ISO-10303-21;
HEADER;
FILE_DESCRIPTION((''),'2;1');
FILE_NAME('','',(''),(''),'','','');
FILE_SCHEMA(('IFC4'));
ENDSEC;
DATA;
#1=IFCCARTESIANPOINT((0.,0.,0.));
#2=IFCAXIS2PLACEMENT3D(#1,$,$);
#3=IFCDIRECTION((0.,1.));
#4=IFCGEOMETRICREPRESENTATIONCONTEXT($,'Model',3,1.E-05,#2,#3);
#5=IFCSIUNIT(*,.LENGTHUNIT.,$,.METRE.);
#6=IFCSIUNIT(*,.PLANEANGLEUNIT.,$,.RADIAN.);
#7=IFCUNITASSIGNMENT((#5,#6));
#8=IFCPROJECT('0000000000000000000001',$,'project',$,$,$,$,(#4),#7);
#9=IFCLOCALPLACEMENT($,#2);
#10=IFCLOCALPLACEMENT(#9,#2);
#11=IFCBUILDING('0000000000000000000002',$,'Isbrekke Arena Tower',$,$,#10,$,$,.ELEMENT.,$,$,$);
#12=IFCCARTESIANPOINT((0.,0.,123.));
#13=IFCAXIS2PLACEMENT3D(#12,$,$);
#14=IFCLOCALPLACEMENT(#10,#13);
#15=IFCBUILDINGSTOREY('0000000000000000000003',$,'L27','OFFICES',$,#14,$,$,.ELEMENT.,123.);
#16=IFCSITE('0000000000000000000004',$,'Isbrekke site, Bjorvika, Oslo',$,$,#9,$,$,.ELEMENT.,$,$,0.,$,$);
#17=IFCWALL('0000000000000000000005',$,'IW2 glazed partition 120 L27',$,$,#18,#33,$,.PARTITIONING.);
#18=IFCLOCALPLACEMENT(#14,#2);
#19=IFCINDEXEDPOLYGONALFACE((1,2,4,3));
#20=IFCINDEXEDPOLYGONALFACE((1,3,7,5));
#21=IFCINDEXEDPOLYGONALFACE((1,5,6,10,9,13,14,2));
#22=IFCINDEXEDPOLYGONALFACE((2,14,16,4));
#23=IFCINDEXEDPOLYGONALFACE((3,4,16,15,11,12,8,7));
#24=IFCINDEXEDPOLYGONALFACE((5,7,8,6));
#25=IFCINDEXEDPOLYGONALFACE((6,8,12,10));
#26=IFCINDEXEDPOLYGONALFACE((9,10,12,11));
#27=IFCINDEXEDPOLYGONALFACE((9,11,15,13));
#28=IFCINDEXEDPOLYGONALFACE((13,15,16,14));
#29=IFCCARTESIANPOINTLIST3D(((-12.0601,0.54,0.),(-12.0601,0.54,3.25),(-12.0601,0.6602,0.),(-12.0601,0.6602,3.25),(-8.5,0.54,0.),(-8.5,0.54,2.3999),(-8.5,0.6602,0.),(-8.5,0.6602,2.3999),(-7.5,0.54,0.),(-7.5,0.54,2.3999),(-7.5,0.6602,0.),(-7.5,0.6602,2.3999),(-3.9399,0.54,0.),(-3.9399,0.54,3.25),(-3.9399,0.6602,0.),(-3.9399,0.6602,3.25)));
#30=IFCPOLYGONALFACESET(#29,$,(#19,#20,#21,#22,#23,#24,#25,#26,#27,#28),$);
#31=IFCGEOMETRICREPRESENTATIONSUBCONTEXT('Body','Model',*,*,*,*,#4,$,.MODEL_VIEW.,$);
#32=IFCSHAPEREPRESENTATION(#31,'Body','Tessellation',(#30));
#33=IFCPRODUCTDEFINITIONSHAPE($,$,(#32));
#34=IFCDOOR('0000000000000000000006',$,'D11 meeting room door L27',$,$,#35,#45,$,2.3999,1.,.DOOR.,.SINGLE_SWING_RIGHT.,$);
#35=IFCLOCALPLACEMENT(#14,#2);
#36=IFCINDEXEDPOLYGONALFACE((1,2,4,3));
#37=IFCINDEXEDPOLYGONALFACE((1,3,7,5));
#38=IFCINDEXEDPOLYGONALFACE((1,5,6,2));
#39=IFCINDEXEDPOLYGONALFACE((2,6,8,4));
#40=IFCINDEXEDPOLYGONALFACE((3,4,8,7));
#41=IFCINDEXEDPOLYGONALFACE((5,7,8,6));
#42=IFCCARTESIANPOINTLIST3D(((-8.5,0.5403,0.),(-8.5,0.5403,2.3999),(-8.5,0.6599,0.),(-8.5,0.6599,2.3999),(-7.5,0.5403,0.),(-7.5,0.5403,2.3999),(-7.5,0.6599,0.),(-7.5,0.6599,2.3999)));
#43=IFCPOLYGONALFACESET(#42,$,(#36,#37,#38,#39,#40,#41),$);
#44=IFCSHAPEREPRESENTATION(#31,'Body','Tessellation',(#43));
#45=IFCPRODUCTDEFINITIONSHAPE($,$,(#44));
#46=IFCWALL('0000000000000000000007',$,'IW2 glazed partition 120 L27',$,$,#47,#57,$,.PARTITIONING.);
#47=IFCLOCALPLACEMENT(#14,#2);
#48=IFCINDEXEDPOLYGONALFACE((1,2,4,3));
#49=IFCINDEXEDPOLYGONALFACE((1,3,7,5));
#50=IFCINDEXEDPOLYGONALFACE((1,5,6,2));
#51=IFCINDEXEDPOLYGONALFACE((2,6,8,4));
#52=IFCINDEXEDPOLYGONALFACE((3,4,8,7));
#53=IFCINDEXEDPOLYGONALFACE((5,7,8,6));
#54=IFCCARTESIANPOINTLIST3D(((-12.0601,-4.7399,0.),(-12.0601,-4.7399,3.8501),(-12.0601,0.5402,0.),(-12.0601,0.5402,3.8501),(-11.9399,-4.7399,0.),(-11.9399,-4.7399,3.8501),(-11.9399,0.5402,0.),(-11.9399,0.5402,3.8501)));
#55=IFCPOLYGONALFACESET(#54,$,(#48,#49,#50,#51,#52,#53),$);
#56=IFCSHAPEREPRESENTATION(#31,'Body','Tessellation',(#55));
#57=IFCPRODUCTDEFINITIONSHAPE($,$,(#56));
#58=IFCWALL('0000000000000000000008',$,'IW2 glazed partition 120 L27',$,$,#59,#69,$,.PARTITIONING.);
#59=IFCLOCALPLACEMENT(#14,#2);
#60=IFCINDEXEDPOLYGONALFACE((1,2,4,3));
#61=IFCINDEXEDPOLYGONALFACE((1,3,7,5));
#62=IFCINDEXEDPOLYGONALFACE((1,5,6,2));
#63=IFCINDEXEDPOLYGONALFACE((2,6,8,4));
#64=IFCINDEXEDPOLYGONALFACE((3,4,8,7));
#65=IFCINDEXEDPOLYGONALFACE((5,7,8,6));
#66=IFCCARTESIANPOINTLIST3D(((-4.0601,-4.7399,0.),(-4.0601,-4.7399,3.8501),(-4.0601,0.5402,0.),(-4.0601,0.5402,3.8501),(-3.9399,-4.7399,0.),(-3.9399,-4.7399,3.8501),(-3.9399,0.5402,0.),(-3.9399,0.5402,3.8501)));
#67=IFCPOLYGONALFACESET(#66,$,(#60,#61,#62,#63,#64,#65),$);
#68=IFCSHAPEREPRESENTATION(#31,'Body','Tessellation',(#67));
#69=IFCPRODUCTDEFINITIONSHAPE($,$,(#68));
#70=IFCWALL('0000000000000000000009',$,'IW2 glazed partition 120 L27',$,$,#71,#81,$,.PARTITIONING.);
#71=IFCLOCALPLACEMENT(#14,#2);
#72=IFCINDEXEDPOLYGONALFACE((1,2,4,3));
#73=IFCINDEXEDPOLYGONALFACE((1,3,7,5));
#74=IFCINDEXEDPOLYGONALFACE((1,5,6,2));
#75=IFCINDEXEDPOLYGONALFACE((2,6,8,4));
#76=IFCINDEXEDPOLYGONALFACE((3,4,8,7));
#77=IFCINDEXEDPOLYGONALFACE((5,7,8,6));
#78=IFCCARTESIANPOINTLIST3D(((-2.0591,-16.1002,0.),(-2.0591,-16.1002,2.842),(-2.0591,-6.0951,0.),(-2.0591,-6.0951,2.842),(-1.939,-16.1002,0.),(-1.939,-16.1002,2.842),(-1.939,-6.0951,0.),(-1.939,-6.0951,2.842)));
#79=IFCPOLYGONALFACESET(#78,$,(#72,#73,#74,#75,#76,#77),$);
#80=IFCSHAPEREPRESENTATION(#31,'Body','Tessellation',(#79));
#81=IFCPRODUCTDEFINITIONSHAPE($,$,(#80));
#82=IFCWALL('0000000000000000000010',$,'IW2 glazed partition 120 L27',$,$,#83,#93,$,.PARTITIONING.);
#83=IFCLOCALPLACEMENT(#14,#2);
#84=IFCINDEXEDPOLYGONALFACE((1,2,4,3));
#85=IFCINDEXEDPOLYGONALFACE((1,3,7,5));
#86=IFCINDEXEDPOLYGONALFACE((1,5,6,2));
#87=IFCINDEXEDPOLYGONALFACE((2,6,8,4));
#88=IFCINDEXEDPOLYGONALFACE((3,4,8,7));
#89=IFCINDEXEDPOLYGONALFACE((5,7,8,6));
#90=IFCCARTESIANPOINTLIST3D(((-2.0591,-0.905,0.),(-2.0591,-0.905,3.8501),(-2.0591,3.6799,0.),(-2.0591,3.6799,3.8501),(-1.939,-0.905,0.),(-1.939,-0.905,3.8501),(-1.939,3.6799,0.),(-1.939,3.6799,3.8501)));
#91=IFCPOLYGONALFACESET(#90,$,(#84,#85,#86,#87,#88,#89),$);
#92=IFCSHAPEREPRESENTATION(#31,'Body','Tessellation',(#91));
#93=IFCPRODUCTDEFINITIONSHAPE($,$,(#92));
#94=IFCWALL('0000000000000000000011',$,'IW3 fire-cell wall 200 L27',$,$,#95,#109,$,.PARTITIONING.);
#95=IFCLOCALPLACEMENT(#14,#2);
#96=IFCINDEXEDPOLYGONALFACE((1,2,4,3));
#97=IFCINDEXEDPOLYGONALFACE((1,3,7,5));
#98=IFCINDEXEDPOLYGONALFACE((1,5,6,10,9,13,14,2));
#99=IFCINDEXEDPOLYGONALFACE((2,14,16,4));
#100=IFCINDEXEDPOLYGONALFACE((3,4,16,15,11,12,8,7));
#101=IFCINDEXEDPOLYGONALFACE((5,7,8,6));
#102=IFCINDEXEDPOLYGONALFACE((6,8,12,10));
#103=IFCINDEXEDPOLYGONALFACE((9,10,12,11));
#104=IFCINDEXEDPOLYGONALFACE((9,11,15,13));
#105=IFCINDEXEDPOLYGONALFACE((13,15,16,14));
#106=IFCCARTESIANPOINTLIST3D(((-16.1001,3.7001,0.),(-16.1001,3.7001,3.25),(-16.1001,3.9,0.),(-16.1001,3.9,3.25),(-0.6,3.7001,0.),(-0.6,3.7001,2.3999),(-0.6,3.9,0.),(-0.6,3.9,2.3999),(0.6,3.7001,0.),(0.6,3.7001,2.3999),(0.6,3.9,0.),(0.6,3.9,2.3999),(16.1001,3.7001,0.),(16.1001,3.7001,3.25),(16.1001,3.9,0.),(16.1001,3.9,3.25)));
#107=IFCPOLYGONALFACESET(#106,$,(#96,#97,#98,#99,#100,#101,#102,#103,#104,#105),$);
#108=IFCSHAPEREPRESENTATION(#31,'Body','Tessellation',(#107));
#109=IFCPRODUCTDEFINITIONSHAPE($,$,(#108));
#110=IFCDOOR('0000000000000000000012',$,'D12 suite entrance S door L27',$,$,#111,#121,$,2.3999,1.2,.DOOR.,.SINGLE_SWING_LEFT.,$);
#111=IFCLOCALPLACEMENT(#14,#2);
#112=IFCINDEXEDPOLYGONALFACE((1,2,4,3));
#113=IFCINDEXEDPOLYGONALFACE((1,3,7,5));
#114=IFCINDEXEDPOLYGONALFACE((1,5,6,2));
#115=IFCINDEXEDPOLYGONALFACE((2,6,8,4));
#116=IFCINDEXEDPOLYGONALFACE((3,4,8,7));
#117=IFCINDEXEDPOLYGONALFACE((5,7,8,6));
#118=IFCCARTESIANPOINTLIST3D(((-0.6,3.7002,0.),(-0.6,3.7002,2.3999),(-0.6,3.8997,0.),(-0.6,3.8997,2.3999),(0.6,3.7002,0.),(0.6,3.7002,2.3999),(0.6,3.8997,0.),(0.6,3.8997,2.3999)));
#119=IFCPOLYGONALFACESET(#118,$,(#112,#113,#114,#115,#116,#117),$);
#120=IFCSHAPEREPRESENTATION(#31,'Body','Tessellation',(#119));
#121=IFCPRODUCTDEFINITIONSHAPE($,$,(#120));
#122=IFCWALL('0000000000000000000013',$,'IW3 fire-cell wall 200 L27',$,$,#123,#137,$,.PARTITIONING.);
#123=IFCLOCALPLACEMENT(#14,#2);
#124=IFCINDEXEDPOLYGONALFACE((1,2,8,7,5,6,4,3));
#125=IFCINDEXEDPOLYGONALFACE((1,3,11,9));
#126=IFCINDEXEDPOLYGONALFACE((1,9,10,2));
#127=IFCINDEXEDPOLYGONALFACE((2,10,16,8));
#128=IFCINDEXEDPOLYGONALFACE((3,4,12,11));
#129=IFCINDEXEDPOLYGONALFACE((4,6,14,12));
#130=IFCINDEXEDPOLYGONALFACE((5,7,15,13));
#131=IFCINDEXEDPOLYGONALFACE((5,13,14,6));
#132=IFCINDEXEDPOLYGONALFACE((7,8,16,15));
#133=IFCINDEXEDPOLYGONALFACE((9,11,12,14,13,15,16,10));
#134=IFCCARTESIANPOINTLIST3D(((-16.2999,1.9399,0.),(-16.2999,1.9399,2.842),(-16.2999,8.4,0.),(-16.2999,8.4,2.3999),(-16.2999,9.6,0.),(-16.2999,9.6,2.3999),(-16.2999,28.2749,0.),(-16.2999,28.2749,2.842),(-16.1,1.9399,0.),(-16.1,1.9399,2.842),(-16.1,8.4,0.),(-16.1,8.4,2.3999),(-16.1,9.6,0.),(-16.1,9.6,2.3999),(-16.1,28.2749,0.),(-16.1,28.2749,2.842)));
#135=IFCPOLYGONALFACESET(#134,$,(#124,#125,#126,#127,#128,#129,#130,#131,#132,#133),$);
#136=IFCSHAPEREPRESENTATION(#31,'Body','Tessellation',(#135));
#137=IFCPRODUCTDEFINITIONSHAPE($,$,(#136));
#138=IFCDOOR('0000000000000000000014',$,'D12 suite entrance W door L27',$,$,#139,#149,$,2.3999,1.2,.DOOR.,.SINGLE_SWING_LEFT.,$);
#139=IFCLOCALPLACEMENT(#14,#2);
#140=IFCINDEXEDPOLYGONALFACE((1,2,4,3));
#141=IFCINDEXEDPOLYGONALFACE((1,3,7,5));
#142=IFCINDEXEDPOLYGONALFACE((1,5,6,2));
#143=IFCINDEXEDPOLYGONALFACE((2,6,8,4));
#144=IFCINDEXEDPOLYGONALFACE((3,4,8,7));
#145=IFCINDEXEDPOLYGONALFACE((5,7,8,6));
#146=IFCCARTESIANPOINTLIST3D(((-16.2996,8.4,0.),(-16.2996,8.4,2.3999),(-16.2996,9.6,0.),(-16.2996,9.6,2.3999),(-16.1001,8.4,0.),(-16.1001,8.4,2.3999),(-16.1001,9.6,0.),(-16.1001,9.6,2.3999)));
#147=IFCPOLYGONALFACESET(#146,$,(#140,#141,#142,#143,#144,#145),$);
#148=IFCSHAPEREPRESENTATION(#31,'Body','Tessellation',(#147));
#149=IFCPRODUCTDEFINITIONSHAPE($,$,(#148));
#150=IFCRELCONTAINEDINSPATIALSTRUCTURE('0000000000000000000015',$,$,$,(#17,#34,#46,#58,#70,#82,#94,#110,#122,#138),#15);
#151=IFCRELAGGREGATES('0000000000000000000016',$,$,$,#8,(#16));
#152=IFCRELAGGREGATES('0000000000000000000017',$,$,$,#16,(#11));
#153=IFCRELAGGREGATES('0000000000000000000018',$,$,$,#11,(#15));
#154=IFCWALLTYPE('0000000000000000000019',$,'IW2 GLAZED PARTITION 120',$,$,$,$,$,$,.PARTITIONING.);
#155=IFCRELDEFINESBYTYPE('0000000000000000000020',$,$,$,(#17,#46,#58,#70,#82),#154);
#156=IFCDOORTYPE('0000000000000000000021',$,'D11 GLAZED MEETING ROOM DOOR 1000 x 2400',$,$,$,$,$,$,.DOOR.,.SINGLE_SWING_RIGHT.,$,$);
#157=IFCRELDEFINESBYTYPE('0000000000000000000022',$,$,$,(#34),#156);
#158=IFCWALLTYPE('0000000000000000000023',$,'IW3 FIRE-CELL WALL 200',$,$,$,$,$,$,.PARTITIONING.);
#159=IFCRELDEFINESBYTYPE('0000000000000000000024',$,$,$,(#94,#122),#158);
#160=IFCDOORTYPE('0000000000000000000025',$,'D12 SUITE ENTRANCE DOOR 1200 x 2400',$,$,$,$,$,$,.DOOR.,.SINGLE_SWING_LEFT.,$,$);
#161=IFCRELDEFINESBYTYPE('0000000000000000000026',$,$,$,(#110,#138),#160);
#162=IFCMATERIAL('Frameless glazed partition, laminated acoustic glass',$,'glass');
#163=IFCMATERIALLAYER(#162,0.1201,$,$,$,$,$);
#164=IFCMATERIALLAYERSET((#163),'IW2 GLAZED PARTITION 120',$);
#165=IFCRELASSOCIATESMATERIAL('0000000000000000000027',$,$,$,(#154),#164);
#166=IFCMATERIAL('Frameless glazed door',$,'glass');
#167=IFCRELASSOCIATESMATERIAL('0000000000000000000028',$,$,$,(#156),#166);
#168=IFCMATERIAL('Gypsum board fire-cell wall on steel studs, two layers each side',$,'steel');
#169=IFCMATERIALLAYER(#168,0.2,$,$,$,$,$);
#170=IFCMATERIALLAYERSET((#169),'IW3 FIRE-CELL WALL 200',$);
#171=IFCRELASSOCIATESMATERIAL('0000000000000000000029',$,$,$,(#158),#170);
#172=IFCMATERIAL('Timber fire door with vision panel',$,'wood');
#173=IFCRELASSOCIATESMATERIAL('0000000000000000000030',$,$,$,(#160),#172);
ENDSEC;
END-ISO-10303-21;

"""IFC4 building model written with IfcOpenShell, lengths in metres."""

from ifc_helpers import new_model, si_unit, direction, frame, frame_2d, origin, place, context, subcontext, project, spatial, rectangle, extrude, material, layer, layer_set, type_object, element, fill, save


model = new_model("IFC4")

# Units and contexts
model_context = context("Model", 3, precision=1e-05, world=origin(), true_north=direction((0.0, 1.0)))
body_context = subcontext(model_context, "Body", "Model", "MODEL_VIEW")
ifc_project = project(units=[si_unit("LENGTHUNIT", "METRE"), si_unit("PLANEANGLEUNIT", "RADIAN")], contexts=[model_context])

# Site, building, storey
site_placement = place(None, origin())
site = spatial("IfcSite", under=ifc_project, at=site_placement, Name="Isbrekke site, Bjorvika, Oslo", CompositionType="ELEMENT", RefElevation=0.0)
building_placement = place(site_placement, origin())
building = spatial("IfcBuilding", under=site, at=building_placement, Name="Isbrekke Arena Tower", CompositionType="ELEMENT")
storey_placement = place(building_placement, frame((0.0, 0.0, 123.0)))
storey = spatial("IfcBuildingStorey", under=building, at=storey_placement, Name="L27", Description="OFFICES", CompositionType="ELEMENT", Elevation=123.0)

# Shared definitions
ifc_material_1 = material(Name="Frameless glazed partition, laminated acoustic glass", Category="glass")
ifc_layer_1 = layer(ifc_material_1, 0.1201)
ifc_layer_set_1 = layer_set([ifc_layer_1], Name="IW2 GLAZED PARTITION 120")
wall_type_1 = type_object("IfcWallType", Name="IW2 GLAZED PARTITION 120", PredefinedType="PARTITIONING", material=ifc_layer_set_1)

# Wall, opening, door
wall_1_placement = place(storey_placement, frame((-12.0601, 0.6001, 0.0), z_axis=(0.0, 0.0, 1.0), x_axis=(1.0, 0.0, 0.0)))
wall_1 = element("IfcWall", 1, at=wall_1_placement, inside=storey, type_object=wall_type_1, Name="IW2 glazed partition 120 L27", PredefinedType="PARTITIONING", context=body_context, shape_type="SweptSolid", body=[
    extrude(rectangle(XDim=8.1201, YDim=0.1201, at=frame_2d((4.0601, 0.0))), origin(), (0.0, 0.0, 1.0), 3.25),
])
opening_1_placement = place(wall_1_placement, frame((3.5601, 0.0, 0.0)))
opening_1 = element("IfcOpeningElement", 2, at=opening_1_placement, cuts=wall_1, PredefinedType="OPENING", context=body_context, shape_type="SweptSolid", body=[
    extrude(rectangle(XDim=1.0, YDim=2.3999, at=frame_2d((0.5, 1.2))), frame((0.0, 0.075, 0.0), z_axis=(0.0, -1.0, 0.0), x_axis=(1.0, 0.0, 0.0)), (0.0, 0.0, 1.0), 0.1499),
])
ifc_material_2 = material(Name="Frameless glazed door", Category="glass")
door_type_1 = type_object("IfcDoorType", Name="D11 GLAZED MEETING ROOM DOOR 1000 x 2400", OperationType="SINGLE_SWING_RIGHT", PredefinedType="DOOR", material=ifc_material_2)
door_1_placement = place(opening_1_placement, origin())
door_1 = element("IfcDoor", 3, at=door_1_placement, inside=storey, type_object=door_type_1, Name="D11 meeting room door L27", OperationType="SINGLE_SWING_RIGHT", OverallHeight=2.3999, OverallWidth=1.0, PredefinedType="DOOR", context=body_context, shape_type="SweptSolid", body=[
    extrude(rectangle(XDim=1.0, YDim=2.3999, at=frame_2d((0.5, 1.2))), frame((0.0, 0.0598, 0.0), z_axis=(0.0, -1.0, 0.0), x_axis=(1.0, 0.0, 0.0)), (0.0, 0.0, 1.0), 0.1196),
])
fill(opening_1, door_1)

# Walls
for number, where, z_axis, x_axis, name in (
    (4, (-12.0, -4.74, 0.0), (0.0, 0.0, 1.0), (0.0, 1.0, 0.0), "IW2 glazed partition 120 L27"),
    (5, (-4.0, -4.74, 0.0), (0.0, 0.0, 1.0), (0.0, 1.0, 0.0), "IW2 glazed partition 120 L27"),
):
    element("IfcWall", number, at=place(storey_placement, frame(where, z_axis=z_axis, x_axis=x_axis)), inside=storey, type_object=wall_type_1, Name=name, PredefinedType="PARTITIONING", context=body_context, shape_type="SweptSolid", body=[
        extrude(rectangle(XDim=5.28, YDim=0.1201, at=frame_2d((2.6401, 0.0))), origin(), (0.0, 0.0, 1.0), 3.8501),
    ])
wall_2_placement = place(storey_placement, frame((-1.999, -16.1001, 0.0), z_axis=(0.0, 0.0, 1.0), x_axis=(0.0, 1.0, 0.0)))
element("IfcWall", 6, at=wall_2_placement, inside=storey, type_object=wall_type_1, Name="IW2 glazed partition 120 L27", PredefinedType="PARTITIONING", context=body_context, shape_type="SweptSolid", body=[
    extrude(rectangle(XDim=10.0051, YDim=0.1201, at=frame_2d((5.0024, 0.0))), origin(), (0.0, 0.0, 1.0), 2.842),
])
wall_3_placement = place(storey_placement, frame((-1.999, -0.905, 0.0), z_axis=(0.0, 0.0, 1.0), x_axis=(0.0, 1.0, 0.0)))
element("IfcWall", 7, at=wall_3_placement, inside=storey, type_object=wall_type_1, Name="IW2 glazed partition 120 L27", PredefinedType="PARTITIONING", context=body_context, shape_type="SweptSolid", body=[
    extrude(rectangle(XDim=4.585, YDim=0.1201, at=frame_2d((2.2925, 0.0))), origin(), (0.0, 0.0, 1.0), 3.8501),
])

# Walls, openings, doors
ifc_material_3 = material(Name="Gypsum board fire-cell wall on steel studs, two layers each side", Category="steel")
ifc_layer_2 = layer(ifc_material_3, 0.2)
ifc_layer_set_2 = layer_set([ifc_layer_2], Name="IW3 FIRE-CELL WALL 200")
wall_type_2 = type_object("IfcWallType", Name="IW3 FIRE-CELL WALL 200", PredefinedType="PARTITIONING", material=ifc_layer_set_2)
wall_4_placement = place(storey_placement, frame((-16.1001, 3.8, 0.0), z_axis=(0.0, 0.0, 1.0), x_axis=(1.0, 0.0, 0.0)))
wall_4 = element("IfcWall", 8, at=wall_4_placement, inside=storey, type_object=wall_type_2, Name="IW3 fire-cell wall 200 L27", PredefinedType="PARTITIONING", context=body_context, shape_type="SweptSolid", body=[
    extrude(rectangle(XDim=32.2002, YDim=0.2, at=frame_2d((16.1001, 0.0))), origin(), (0.0, 0.0, 1.0), 3.25),
])
opening_2_placement = place(wall_4_placement, frame((15.5, 0.0, 0.0)))
opening_2 = element("IfcOpeningElement", 9, at=opening_2_placement, cuts=wall_4, PredefinedType="OPENING", context=body_context, shape_type="SweptSolid", body=[
    extrude(rectangle(XDim=1.2, YDim=2.3999, at=frame_2d((0.6001, 1.2))), frame((0.0, 0.1147, 0.0), z_axis=(0.0, -1.0, 0.0), x_axis=(1.0, 0.0, 0.0)), (0.0, 0.0, 1.0), 0.2297),
])
ifc_material_4 = material(Name="Timber fire door with vision panel", Category="wood")
door_type_2 = type_object("IfcDoorType", Name="D12 SUITE ENTRANCE DOOR 1200 x 2400", OperationType="SINGLE_SWING_LEFT", PredefinedType="DOOR", material=ifc_material_4)
door_2_placement = place(opening_2_placement, origin())
door_2 = element("IfcDoor", 10, at=door_2_placement, inside=storey, type_object=door_type_2, Name="D12 suite entrance S door L27", OperationType="SINGLE_SWING_LEFT", OverallHeight=2.3999, OverallWidth=1.2, PredefinedType="DOOR", context=body_context, shape_type="SweptSolid", body=[
    extrude(rectangle(XDim=1.2, YDim=2.3999, at=frame_2d((0.6001, 1.2))), frame((0.0, 0.0996, 0.0), z_axis=(0.0, -1.0, 0.0), x_axis=(1.0, 0.0, 0.0)), (0.0, 0.0, 1.0), 0.1995),
])
fill(opening_2, door_2)
wall_5_placement = place(storey_placement, frame((-16.2, 1.9399, 0.0), z_axis=(0.0, 0.0, 1.0), x_axis=(0.0, 1.0, 0.0)))
wall_5 = element("IfcWall", 11, at=wall_5_placement, inside=storey, type_object=wall_type_2, Name="IW3 fire-cell wall 200 L27", PredefinedType="PARTITIONING", context=body_context, shape_type="SweptSolid", body=[
    extrude(rectangle(XDim=26.335, YDim=0.2, at=frame_2d((13.1675, 0.0))), origin(), (0.0, 0.0, 1.0), 2.842),
])
opening_3_placement = place(wall_5_placement, frame((6.46, 0.0, 0.0)))
opening_3 = element("IfcOpeningElement", 12, at=opening_3_placement, cuts=wall_5, PredefinedType="OPENING", context=body_context, shape_type="SweptSolid", body=[
    extrude(rectangle(XDim=1.2, YDim=2.3999, at=frame_2d((0.6001, 1.2))), frame((0.0, 0.1147, 0.0), z_axis=(0.0, -1.0, 0.0), x_axis=(1.0, 0.0, 0.0)), (0.0, 0.0, 1.0), 0.2297),
])
door_3_placement = place(opening_3_placement, origin())
door_3 = element("IfcDoor", 13, at=door_3_placement, inside=storey, type_object=door_type_2, Name="D12 suite entrance W door L27", OperationType="SINGLE_SWING_LEFT", OverallHeight=2.3999, OverallWidth=1.2, PredefinedType="DOOR", context=body_context, shape_type="SweptSolid", body=[
    extrude(rectangle(XDim=1.2, YDim=2.3999, at=frame_2d((0.6001, 1.2))), frame((0.0, 0.0996, 0.0), z_axis=(0.0, -1.0, 0.0), x_axis=(1.0, 0.0, 0.0)), (0.0, 0.0, 1.0), 0.1995),
])
fill(opening_3, door_3)

save(model, "model.ifc")
